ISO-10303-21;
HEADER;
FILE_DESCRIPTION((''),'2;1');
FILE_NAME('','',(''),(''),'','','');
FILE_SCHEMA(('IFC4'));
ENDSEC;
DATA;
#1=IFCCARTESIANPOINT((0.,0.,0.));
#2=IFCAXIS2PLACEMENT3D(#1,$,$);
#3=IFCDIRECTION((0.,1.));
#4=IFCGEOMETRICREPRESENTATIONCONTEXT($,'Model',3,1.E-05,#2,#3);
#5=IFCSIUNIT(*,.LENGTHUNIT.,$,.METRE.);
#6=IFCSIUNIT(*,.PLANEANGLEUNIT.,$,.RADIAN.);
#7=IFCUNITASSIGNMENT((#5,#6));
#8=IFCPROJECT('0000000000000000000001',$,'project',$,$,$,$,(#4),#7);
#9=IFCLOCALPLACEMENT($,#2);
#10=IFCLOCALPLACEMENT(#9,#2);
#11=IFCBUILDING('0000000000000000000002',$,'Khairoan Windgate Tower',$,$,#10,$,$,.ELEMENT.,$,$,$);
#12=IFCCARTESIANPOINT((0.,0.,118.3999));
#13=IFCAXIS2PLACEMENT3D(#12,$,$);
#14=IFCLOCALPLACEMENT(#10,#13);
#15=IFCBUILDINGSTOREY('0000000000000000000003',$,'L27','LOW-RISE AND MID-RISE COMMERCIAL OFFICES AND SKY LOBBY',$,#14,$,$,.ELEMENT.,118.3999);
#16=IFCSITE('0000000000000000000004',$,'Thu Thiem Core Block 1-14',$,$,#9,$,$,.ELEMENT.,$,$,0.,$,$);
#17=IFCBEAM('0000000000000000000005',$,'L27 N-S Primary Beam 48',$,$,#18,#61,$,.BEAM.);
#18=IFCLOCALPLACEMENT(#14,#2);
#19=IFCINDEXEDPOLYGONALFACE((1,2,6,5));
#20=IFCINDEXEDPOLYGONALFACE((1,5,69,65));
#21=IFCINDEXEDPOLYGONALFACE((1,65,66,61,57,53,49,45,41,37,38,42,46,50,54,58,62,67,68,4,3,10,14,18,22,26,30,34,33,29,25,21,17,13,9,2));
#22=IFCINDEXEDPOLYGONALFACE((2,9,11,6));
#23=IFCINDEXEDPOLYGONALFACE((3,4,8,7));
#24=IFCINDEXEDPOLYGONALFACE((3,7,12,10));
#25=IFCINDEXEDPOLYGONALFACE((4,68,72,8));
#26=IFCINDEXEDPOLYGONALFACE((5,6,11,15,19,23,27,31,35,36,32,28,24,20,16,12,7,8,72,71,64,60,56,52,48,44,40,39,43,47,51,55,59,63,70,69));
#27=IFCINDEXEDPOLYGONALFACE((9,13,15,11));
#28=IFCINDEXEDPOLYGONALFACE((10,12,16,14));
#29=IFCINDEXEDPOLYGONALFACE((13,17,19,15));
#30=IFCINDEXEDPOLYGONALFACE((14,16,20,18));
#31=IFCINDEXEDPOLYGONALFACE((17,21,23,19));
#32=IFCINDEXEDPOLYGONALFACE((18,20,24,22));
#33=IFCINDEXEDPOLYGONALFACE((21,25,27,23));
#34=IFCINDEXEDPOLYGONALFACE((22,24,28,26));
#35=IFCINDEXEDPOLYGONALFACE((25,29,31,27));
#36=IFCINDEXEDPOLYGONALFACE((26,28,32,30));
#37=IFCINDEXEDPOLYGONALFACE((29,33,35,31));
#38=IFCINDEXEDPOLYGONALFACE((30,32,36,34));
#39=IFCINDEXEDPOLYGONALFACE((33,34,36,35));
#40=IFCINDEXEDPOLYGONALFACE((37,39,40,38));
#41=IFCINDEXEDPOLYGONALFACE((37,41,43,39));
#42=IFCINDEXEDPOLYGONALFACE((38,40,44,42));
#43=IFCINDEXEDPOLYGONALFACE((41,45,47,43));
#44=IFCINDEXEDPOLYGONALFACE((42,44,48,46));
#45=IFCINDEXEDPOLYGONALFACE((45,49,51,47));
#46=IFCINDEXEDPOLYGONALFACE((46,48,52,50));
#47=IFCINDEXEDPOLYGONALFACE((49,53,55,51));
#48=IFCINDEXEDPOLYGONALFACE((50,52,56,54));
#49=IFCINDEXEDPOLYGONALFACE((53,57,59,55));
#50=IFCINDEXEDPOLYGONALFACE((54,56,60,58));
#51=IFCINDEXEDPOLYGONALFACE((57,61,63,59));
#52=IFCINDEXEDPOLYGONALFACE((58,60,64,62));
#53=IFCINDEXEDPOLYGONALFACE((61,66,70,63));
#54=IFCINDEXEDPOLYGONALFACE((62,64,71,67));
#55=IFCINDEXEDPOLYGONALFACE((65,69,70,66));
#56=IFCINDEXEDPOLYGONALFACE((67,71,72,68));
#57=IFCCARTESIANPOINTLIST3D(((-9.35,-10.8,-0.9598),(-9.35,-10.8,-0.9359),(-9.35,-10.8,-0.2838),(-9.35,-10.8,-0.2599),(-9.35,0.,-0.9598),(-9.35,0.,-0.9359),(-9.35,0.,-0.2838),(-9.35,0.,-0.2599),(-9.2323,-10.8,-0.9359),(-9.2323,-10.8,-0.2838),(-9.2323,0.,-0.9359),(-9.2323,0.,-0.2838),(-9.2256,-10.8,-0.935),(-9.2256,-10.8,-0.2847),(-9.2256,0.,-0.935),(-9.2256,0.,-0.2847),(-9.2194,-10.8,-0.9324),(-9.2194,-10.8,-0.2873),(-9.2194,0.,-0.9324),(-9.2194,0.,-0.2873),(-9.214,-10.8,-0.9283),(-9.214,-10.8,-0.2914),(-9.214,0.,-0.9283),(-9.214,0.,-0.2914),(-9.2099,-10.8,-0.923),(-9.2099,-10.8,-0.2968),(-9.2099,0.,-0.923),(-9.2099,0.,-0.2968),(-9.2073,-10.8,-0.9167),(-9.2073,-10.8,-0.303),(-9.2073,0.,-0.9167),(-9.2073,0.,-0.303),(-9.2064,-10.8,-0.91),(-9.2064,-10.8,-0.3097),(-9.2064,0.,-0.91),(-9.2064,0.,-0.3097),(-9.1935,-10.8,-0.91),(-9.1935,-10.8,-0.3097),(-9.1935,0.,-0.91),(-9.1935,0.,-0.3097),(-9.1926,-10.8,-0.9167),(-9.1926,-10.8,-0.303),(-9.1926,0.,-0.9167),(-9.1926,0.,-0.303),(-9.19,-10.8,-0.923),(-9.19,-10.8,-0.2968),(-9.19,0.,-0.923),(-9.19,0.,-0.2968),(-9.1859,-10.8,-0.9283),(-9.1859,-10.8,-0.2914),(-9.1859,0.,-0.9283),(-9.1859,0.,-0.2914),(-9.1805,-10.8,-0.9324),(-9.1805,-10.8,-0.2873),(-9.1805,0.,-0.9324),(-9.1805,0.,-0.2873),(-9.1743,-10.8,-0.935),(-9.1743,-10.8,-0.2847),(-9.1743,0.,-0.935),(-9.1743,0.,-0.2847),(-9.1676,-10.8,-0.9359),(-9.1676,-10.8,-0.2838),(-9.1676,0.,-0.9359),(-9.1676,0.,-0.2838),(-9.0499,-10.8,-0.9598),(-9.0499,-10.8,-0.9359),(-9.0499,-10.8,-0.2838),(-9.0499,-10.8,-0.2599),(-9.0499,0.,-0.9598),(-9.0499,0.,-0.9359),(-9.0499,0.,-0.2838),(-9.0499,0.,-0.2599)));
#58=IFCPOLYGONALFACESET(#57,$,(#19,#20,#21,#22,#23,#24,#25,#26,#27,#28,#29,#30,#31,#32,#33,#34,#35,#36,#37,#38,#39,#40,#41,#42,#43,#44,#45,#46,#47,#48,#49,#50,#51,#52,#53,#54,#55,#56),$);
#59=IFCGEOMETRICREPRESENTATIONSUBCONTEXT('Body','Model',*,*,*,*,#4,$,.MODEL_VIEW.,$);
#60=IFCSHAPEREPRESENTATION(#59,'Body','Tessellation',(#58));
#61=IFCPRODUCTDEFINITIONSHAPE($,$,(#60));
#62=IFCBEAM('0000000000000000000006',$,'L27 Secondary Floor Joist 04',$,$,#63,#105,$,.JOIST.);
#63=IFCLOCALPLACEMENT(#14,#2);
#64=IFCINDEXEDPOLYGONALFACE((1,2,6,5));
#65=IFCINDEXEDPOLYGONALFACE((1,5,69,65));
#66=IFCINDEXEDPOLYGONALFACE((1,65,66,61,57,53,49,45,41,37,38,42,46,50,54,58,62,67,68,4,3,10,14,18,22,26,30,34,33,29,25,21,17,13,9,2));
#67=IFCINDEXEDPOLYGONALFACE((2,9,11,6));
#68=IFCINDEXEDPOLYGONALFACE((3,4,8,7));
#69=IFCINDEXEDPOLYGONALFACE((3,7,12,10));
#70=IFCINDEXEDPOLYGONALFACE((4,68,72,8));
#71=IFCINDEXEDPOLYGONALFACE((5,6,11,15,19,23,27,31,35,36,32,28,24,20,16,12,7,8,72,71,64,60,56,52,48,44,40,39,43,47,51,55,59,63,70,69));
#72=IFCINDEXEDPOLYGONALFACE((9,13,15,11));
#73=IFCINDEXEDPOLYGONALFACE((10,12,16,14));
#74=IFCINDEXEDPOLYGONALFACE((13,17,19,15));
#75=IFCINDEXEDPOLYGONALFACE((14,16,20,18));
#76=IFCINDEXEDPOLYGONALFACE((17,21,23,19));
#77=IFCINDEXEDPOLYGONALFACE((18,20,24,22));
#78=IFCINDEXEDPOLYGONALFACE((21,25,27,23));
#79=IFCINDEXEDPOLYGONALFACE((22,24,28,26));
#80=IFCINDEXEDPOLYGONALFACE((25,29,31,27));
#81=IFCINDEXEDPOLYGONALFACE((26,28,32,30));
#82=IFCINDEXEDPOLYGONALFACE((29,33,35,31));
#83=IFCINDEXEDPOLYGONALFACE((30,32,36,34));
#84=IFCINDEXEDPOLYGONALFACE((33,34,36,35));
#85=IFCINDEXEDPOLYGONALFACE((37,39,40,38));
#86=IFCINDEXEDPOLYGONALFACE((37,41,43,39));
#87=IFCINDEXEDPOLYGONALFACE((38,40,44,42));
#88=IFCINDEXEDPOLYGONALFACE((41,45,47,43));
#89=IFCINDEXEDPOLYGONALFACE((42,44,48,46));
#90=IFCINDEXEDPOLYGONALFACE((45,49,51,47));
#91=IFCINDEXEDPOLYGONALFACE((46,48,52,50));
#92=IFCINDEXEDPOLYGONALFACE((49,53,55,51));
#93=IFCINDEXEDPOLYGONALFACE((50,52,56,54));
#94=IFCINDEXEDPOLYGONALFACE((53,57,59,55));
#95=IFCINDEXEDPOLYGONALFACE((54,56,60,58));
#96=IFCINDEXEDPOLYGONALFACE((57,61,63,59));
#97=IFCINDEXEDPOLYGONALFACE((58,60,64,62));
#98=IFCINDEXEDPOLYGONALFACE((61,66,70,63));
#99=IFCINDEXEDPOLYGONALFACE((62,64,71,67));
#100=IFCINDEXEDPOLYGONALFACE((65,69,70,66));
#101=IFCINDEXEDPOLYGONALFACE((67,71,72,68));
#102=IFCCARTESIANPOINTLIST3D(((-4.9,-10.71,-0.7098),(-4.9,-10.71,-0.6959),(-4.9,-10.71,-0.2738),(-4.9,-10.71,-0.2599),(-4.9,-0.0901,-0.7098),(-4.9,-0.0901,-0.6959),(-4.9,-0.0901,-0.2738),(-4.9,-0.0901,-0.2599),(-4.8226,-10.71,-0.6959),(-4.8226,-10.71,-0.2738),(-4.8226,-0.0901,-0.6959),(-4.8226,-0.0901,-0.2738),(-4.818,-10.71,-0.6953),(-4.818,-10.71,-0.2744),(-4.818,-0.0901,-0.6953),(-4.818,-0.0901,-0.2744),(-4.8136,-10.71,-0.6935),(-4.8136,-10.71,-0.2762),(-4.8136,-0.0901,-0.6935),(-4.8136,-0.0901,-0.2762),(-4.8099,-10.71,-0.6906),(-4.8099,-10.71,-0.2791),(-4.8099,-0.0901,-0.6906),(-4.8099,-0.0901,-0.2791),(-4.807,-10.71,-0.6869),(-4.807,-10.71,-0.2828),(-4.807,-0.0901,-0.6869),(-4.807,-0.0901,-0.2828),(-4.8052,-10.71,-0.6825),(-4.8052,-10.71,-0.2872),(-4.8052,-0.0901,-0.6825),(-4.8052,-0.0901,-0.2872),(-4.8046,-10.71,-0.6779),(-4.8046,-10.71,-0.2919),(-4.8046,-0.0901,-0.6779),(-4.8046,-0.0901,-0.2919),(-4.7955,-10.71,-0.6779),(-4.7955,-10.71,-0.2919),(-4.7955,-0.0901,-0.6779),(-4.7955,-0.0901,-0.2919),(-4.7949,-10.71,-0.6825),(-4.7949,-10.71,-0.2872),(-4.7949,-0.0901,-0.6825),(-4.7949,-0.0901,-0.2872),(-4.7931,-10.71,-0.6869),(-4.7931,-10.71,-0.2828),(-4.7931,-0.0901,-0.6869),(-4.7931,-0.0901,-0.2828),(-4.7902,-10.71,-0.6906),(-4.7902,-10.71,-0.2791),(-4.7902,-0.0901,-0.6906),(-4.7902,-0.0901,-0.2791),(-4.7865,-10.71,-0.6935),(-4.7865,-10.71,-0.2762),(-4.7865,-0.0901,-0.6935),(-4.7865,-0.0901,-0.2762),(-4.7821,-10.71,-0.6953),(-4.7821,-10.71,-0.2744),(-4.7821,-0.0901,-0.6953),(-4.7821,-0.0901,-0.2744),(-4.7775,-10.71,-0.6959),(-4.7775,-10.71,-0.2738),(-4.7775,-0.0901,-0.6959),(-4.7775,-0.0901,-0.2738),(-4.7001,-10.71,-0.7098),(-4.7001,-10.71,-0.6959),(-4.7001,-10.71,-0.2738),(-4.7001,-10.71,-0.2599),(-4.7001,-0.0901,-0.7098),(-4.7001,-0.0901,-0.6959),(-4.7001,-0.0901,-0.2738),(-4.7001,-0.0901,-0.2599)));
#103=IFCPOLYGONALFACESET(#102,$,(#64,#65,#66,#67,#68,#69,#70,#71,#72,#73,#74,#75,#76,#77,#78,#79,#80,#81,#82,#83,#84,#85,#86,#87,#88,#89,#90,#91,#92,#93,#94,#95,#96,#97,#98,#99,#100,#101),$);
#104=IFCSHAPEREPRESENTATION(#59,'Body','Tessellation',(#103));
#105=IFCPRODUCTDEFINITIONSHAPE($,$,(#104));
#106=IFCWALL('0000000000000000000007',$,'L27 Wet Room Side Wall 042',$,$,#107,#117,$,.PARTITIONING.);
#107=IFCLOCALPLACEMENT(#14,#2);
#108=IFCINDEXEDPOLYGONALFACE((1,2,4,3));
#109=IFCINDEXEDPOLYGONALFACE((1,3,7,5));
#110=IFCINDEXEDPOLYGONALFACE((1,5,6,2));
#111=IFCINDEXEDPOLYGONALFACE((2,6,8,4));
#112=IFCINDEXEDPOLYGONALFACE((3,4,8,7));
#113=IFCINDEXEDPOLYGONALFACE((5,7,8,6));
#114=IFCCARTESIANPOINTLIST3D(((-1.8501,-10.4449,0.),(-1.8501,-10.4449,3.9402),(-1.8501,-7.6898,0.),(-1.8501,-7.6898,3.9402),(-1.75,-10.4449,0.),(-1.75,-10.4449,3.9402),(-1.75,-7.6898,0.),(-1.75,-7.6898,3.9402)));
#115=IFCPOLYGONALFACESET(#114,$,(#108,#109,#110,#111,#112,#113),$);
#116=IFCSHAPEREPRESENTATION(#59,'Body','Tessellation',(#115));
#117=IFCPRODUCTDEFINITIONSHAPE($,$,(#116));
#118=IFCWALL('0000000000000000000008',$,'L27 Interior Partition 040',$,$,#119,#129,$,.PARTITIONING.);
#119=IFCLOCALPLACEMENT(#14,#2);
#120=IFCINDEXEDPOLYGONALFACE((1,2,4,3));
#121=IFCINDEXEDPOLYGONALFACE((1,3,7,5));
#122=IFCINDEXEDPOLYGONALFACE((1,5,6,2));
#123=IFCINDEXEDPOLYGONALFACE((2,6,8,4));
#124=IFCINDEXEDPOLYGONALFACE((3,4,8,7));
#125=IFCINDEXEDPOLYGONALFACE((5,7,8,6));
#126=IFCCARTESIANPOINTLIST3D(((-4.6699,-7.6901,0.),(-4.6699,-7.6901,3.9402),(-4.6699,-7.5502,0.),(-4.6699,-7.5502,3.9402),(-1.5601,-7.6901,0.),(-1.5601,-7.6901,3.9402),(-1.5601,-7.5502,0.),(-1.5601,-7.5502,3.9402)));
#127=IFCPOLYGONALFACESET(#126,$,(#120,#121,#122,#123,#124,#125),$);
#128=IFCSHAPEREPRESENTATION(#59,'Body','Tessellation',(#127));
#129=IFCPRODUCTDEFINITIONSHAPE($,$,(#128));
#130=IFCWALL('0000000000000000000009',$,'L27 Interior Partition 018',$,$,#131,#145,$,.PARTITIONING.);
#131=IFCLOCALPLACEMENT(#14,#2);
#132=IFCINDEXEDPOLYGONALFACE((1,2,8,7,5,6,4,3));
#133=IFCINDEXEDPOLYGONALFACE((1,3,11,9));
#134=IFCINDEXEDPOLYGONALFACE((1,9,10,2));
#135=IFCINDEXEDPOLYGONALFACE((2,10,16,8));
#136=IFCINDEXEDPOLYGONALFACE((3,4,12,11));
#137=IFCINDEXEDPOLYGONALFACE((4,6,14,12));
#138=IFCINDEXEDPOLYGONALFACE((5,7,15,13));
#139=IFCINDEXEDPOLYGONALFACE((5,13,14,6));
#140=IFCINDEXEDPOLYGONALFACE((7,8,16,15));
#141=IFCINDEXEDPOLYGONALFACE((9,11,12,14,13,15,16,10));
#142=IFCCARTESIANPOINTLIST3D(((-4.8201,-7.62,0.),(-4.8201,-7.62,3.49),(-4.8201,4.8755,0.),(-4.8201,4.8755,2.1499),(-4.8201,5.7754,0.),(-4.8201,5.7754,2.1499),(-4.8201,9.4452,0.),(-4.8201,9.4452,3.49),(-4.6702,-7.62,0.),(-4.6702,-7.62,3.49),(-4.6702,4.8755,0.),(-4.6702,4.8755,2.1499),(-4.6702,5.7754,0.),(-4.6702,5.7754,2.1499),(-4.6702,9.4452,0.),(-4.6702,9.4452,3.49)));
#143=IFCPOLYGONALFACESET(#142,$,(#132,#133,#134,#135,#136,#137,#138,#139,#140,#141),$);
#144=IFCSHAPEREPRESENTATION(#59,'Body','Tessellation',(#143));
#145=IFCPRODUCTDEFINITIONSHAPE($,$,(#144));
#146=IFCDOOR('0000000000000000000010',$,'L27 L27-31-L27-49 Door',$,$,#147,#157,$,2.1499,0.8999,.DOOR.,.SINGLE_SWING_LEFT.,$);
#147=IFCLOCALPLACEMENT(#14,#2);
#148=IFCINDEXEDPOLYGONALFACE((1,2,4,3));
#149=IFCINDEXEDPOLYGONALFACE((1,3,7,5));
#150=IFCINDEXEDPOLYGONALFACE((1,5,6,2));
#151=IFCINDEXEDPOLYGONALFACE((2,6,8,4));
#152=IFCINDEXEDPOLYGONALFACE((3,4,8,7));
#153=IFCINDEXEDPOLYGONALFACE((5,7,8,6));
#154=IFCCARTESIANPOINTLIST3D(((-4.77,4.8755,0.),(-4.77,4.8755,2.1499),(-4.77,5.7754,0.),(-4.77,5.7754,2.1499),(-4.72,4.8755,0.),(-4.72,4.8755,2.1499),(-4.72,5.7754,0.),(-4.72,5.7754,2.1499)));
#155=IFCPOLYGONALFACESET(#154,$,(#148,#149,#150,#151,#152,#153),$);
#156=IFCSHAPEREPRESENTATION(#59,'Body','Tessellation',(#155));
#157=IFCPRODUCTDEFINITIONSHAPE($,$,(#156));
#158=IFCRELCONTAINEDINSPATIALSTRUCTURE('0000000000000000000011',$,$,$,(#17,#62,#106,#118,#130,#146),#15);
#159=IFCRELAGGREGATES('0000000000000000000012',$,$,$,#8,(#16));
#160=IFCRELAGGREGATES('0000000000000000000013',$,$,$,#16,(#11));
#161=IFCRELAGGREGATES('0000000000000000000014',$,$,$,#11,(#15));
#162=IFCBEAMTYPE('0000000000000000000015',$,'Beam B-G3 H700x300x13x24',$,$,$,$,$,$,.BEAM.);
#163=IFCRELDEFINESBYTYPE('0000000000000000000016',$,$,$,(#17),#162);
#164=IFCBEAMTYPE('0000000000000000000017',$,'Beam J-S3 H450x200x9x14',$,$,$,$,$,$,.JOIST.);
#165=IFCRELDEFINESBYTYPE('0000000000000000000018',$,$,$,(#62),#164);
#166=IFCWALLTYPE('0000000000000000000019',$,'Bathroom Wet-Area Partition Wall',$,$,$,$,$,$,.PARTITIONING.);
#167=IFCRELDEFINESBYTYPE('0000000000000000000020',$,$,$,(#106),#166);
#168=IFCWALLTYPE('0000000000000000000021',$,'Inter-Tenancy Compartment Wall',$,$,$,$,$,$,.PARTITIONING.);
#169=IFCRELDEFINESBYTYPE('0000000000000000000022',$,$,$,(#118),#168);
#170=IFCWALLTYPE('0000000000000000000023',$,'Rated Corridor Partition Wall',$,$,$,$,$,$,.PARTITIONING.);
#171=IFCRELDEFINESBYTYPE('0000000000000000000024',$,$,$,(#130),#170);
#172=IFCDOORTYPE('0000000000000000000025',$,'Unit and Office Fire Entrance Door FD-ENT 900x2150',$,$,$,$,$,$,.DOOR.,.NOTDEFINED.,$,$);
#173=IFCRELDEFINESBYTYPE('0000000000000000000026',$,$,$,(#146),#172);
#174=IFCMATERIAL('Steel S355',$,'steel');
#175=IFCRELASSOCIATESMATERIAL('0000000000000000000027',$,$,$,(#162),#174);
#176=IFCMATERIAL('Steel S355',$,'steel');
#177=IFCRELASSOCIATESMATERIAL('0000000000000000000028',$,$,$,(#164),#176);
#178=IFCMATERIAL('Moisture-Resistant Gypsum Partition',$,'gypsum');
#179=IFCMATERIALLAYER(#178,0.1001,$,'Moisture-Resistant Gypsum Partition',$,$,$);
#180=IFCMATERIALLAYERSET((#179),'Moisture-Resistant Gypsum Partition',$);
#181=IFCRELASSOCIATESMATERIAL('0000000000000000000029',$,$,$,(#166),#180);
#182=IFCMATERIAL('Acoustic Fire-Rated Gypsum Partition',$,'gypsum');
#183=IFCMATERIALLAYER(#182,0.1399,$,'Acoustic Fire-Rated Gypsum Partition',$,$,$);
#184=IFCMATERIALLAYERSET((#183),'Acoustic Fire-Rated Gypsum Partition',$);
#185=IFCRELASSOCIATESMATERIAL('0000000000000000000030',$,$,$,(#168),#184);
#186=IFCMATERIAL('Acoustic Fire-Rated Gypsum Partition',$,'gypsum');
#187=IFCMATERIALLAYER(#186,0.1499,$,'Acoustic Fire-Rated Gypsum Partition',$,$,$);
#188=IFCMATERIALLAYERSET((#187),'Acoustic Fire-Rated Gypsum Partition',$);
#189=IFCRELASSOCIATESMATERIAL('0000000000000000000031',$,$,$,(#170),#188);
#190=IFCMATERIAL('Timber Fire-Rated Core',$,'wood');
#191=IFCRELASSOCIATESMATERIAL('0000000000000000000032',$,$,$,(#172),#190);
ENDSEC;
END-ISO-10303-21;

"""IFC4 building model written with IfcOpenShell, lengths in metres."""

from ifc_helpers import new_model, si_unit, direction, frame, frame_2d, origin, origin_2d, place, context, subcontext, project, spatial, rectangle, i_section, extrude, material, layer, layer_set, material_profile, profile_set, type_object, element, fill, save


model = new_model("IFC4")

# Units and contexts
model_context = context("Model", 3, precision=1e-05, world=origin(), true_north=direction((0.0, 1.0)))
body_context = subcontext(model_context, "Body", "Model", "MODEL_VIEW")
ifc_project = project(units=[si_unit("LENGTHUNIT", "METRE"), si_unit("PLANEANGLEUNIT", "RADIAN")], contexts=[model_context])

# Site, building, storey
site_placement = place(None, origin())
site = spatial("IfcSite", under=ifc_project, at=site_placement, Name="Thu Thiem Core Block 1-14", CompositionType="ELEMENT", RefElevation=0.0)
building_placement = place(site_placement, origin())
building = spatial("IfcBuilding", under=site, at=building_placement, Name="Khairoan Windgate Tower", CompositionType="ELEMENT")
storey_placement = place(building_placement, frame((0.0, 0.0, 118.3999)))
storey = spatial("IfcBuildingStorey", under=building, at=storey_placement, Name="L27", Description="LOW-RISE AND MID-RISE COMMERCIAL OFFICES AND SKY LOBBY", CompositionType="ELEMENT", Elevation=118.3999)

# Beams
ifc_material_1 = material(Name="Steel S355", Category="steel")
ifc_material_profile_1 = material_profile(ifc_material_1, i_section(OverallWidth=0.3, OverallDepth=0.7, WebThickness=0.0129, FlangeThickness=0.0239, FilletRadius=0.0259, at=origin_2d()))
ifc_profile_set_1 = profile_set([ifc_material_profile_1], Name="Steel S355")
beam_type_1 = type_object("IfcBeamType", Name="Beam B-G3 H700x300x13x24", PredefinedType="BEAM", material=ifc_profile_set_1)
beam_1_placement = place(storey_placement, frame((-9.2, -10.8, -0.6099), z_axis=(0.0, 1.0, 0.0), x_axis=(-1.0, 0.0, 0.0)))
element("IfcBeam", 1, at=beam_1_placement, inside=storey, type_object=beam_type_1, Name="L27 N-S Primary Beam 48", PredefinedType="BEAM", context=body_context, shape_type="SweptSolid", body=[
    extrude(i_section(OverallWidth=0.3, OverallDepth=0.7, WebThickness=0.0129, FlangeThickness=0.0239, FilletRadius=0.0259, at=origin_2d()), origin(), (0.0, 0.0, 1.0), 10.8),
])
ifc_material_2 = material(Name="Steel S355", Category="steel")
ifc_material_profile_2 = material_profile(ifc_material_2, i_section(OverallWidth=0.2, OverallDepth=0.45, WebThickness=0.009, FlangeThickness=0.0139, FilletRadius=0.0181, at=origin_2d()))
ifc_profile_set_2 = profile_set([ifc_material_profile_2], Name="Steel S355")
beam_type_2 = type_object("IfcBeamType", Name="Beam J-S3 H450x200x9x14", PredefinedType="JOIST", material=ifc_profile_set_2)
beam_2_placement = place(storey_placement, frame((-4.8, -10.71, -0.4849), z_axis=(0.0, 1.0, 0.0), x_axis=(-1.0, 0.0, 0.0)))
element("IfcBeam", 2, at=beam_2_placement, inside=storey, type_object=beam_type_2, Name="L27 Secondary Floor Joist 04", PredefinedType="JOIST", context=body_context, shape_type="SweptSolid", body=[
    extrude(i_section(OverallWidth=0.2, OverallDepth=0.45, WebThickness=0.009, FlangeThickness=0.0139, FilletRadius=0.0181, at=origin_2d()), origin(), (0.0, 0.0, 1.0), 10.6199),
])

# Walls
ifc_material_3 = material(Name="Moisture-Resistant Gypsum Partition", Category="gypsum")
ifc_layer_1 = layer(ifc_material_3, 0.1001, Name="Moisture-Resistant Gypsum Partition")
ifc_layer_set_1 = layer_set([ifc_layer_1], Name="Moisture-Resistant Gypsum Partition")
wall_type_1 = type_object("IfcWallType", Name="Bathroom Wet-Area Partition Wall", PredefinedType="PARTITIONING", material=ifc_layer_set_1)
wall_1_placement = place(storey_placement, frame((-1.8, -7.6899, 0.0), z_axis=(0.0, 0.0, 1.0), x_axis=(0.0, -1.0, 0.0)))
element("IfcWall", 3, at=wall_1_placement, inside=storey, type_object=wall_type_1, Name="L27 Wet Room Side Wall 042", PredefinedType="PARTITIONING", context=body_context, shape_type="SweptSolid", body=[
    extrude(rectangle(XDim=2.7551, YDim=0.1001, at=frame_2d((1.3774, 0.0))), origin(), (0.0, 0.0, 1.0), 3.9402),
])
ifc_material_4 = material(Name="Acoustic Fire-Rated Gypsum Partition", Category="gypsum")
ifc_layer_2 = layer(ifc_material_4, 0.1399, Name="Acoustic Fire-Rated Gypsum Partition")
ifc_layer_set_2 = layer_set([ifc_layer_2], Name="Acoustic Fire-Rated Gypsum Partition")
wall_type_2 = type_object("IfcWallType", Name="Inter-Tenancy Compartment Wall", PredefinedType="PARTITIONING", material=ifc_layer_set_2)
wall_2_placement = place(storey_placement, frame((-4.6699, -7.6201, 0.0), z_axis=(0.0, 0.0, 1.0), x_axis=(1.0, 0.0, 0.0)))
element("IfcWall", 4, at=wall_2_placement, inside=storey, type_object=wall_type_2, Name="L27 Interior Partition 040", PredefinedType="PARTITIONING", context=body_context, shape_type="SweptSolid", body=[
    extrude(rectangle(XDim=3.1099, YDim=0.1399, at=frame_2d((1.5549, 0.0))), origin(), (0.0, 0.0, 1.0), 3.9402),
])

# Wall, opening, door
ifc_material_5 = material(Name="Acoustic Fire-Rated Gypsum Partition", Category="gypsum")
ifc_layer_3 = layer(ifc_material_5, 0.1499, Name="Acoustic Fire-Rated Gypsum Partition")
ifc_layer_set_3 = layer_set([ifc_layer_3], Name="Acoustic Fire-Rated Gypsum Partition")
wall_type_3 = type_object("IfcWallType", Name="Rated Corridor Partition Wall", PredefinedType="PARTITIONING", material=ifc_layer_set_3)
ifc_material_6 = material(Name="Timber Fire-Rated Core", Category="wood")
door_type = type_object("IfcDoorType", Name="Unit and Office Fire Entrance Door FD-ENT 900x2150", OperationType="NOTDEFINED", PredefinedType="DOOR", material=ifc_material_6)
wall_3_placement = place(storey_placement, frame((-4.7451, -7.6201, 0.0), z_axis=(0.0, 0.0, 1.0), x_axis=(0.0, 1.0, 0.0)))
wall_3 = element("IfcWall", 5, at=wall_3_placement, inside=storey, type_object=wall_type_3, Name="L27 Interior Partition 018", PredefinedType="PARTITIONING", context=body_context, shape_type="SweptSolid", body=[
    extrude(rectangle(XDim=17.0652, YDim=0.1499, at=frame_2d((8.5327, 0.0))), origin(), (0.0, 0.0, 1.0), 3.49),
])
opening_1_placement = place(wall_3_placement, frame((12.4956, 0.0, 0.0)))
opening_1 = element("IfcOpeningElement", 6, at=opening_1_placement, cuts=wall_3, PredefinedType="OPENING", context=body_context, shape_type="SweptSolid", body=[
    extrude(rectangle(XDim=0.8999, YDim=2.1499, at=frame_2d((0.45, 1.075))), frame((0.0, 0.085, 0.0), z_axis=(0.0, -1.0, 0.0), x_axis=(1.0, 0.0, 0.0)), (0.0, 0.0, 1.0), 0.1699),
])
door_1_placement = place(opening_1_placement, origin())
door_1 = element("IfcDoor", 7, at=door_1_placement, inside=storey, type_object=door_type, Name="L27 L27-31-L27-49 Door", OperationType="SINGLE_SWING_LEFT", OverallHeight=2.1499, OverallWidth=0.8999, PredefinedType="DOOR", context=body_context, shape_type="SweptSolid", body=[
    extrude(rectangle(XDim=0.8999, YDim=2.1499, at=frame_2d((0.45, 1.075))), frame((0.0, 0.0249, 0.0), z_axis=(0.0, -1.0, 0.0), x_axis=(1.0, 0.0, 0.0)), (0.0, 0.0, 1.0), 0.05),
])
fill(opening_1, door_1)

save(model, "model.ifc")
